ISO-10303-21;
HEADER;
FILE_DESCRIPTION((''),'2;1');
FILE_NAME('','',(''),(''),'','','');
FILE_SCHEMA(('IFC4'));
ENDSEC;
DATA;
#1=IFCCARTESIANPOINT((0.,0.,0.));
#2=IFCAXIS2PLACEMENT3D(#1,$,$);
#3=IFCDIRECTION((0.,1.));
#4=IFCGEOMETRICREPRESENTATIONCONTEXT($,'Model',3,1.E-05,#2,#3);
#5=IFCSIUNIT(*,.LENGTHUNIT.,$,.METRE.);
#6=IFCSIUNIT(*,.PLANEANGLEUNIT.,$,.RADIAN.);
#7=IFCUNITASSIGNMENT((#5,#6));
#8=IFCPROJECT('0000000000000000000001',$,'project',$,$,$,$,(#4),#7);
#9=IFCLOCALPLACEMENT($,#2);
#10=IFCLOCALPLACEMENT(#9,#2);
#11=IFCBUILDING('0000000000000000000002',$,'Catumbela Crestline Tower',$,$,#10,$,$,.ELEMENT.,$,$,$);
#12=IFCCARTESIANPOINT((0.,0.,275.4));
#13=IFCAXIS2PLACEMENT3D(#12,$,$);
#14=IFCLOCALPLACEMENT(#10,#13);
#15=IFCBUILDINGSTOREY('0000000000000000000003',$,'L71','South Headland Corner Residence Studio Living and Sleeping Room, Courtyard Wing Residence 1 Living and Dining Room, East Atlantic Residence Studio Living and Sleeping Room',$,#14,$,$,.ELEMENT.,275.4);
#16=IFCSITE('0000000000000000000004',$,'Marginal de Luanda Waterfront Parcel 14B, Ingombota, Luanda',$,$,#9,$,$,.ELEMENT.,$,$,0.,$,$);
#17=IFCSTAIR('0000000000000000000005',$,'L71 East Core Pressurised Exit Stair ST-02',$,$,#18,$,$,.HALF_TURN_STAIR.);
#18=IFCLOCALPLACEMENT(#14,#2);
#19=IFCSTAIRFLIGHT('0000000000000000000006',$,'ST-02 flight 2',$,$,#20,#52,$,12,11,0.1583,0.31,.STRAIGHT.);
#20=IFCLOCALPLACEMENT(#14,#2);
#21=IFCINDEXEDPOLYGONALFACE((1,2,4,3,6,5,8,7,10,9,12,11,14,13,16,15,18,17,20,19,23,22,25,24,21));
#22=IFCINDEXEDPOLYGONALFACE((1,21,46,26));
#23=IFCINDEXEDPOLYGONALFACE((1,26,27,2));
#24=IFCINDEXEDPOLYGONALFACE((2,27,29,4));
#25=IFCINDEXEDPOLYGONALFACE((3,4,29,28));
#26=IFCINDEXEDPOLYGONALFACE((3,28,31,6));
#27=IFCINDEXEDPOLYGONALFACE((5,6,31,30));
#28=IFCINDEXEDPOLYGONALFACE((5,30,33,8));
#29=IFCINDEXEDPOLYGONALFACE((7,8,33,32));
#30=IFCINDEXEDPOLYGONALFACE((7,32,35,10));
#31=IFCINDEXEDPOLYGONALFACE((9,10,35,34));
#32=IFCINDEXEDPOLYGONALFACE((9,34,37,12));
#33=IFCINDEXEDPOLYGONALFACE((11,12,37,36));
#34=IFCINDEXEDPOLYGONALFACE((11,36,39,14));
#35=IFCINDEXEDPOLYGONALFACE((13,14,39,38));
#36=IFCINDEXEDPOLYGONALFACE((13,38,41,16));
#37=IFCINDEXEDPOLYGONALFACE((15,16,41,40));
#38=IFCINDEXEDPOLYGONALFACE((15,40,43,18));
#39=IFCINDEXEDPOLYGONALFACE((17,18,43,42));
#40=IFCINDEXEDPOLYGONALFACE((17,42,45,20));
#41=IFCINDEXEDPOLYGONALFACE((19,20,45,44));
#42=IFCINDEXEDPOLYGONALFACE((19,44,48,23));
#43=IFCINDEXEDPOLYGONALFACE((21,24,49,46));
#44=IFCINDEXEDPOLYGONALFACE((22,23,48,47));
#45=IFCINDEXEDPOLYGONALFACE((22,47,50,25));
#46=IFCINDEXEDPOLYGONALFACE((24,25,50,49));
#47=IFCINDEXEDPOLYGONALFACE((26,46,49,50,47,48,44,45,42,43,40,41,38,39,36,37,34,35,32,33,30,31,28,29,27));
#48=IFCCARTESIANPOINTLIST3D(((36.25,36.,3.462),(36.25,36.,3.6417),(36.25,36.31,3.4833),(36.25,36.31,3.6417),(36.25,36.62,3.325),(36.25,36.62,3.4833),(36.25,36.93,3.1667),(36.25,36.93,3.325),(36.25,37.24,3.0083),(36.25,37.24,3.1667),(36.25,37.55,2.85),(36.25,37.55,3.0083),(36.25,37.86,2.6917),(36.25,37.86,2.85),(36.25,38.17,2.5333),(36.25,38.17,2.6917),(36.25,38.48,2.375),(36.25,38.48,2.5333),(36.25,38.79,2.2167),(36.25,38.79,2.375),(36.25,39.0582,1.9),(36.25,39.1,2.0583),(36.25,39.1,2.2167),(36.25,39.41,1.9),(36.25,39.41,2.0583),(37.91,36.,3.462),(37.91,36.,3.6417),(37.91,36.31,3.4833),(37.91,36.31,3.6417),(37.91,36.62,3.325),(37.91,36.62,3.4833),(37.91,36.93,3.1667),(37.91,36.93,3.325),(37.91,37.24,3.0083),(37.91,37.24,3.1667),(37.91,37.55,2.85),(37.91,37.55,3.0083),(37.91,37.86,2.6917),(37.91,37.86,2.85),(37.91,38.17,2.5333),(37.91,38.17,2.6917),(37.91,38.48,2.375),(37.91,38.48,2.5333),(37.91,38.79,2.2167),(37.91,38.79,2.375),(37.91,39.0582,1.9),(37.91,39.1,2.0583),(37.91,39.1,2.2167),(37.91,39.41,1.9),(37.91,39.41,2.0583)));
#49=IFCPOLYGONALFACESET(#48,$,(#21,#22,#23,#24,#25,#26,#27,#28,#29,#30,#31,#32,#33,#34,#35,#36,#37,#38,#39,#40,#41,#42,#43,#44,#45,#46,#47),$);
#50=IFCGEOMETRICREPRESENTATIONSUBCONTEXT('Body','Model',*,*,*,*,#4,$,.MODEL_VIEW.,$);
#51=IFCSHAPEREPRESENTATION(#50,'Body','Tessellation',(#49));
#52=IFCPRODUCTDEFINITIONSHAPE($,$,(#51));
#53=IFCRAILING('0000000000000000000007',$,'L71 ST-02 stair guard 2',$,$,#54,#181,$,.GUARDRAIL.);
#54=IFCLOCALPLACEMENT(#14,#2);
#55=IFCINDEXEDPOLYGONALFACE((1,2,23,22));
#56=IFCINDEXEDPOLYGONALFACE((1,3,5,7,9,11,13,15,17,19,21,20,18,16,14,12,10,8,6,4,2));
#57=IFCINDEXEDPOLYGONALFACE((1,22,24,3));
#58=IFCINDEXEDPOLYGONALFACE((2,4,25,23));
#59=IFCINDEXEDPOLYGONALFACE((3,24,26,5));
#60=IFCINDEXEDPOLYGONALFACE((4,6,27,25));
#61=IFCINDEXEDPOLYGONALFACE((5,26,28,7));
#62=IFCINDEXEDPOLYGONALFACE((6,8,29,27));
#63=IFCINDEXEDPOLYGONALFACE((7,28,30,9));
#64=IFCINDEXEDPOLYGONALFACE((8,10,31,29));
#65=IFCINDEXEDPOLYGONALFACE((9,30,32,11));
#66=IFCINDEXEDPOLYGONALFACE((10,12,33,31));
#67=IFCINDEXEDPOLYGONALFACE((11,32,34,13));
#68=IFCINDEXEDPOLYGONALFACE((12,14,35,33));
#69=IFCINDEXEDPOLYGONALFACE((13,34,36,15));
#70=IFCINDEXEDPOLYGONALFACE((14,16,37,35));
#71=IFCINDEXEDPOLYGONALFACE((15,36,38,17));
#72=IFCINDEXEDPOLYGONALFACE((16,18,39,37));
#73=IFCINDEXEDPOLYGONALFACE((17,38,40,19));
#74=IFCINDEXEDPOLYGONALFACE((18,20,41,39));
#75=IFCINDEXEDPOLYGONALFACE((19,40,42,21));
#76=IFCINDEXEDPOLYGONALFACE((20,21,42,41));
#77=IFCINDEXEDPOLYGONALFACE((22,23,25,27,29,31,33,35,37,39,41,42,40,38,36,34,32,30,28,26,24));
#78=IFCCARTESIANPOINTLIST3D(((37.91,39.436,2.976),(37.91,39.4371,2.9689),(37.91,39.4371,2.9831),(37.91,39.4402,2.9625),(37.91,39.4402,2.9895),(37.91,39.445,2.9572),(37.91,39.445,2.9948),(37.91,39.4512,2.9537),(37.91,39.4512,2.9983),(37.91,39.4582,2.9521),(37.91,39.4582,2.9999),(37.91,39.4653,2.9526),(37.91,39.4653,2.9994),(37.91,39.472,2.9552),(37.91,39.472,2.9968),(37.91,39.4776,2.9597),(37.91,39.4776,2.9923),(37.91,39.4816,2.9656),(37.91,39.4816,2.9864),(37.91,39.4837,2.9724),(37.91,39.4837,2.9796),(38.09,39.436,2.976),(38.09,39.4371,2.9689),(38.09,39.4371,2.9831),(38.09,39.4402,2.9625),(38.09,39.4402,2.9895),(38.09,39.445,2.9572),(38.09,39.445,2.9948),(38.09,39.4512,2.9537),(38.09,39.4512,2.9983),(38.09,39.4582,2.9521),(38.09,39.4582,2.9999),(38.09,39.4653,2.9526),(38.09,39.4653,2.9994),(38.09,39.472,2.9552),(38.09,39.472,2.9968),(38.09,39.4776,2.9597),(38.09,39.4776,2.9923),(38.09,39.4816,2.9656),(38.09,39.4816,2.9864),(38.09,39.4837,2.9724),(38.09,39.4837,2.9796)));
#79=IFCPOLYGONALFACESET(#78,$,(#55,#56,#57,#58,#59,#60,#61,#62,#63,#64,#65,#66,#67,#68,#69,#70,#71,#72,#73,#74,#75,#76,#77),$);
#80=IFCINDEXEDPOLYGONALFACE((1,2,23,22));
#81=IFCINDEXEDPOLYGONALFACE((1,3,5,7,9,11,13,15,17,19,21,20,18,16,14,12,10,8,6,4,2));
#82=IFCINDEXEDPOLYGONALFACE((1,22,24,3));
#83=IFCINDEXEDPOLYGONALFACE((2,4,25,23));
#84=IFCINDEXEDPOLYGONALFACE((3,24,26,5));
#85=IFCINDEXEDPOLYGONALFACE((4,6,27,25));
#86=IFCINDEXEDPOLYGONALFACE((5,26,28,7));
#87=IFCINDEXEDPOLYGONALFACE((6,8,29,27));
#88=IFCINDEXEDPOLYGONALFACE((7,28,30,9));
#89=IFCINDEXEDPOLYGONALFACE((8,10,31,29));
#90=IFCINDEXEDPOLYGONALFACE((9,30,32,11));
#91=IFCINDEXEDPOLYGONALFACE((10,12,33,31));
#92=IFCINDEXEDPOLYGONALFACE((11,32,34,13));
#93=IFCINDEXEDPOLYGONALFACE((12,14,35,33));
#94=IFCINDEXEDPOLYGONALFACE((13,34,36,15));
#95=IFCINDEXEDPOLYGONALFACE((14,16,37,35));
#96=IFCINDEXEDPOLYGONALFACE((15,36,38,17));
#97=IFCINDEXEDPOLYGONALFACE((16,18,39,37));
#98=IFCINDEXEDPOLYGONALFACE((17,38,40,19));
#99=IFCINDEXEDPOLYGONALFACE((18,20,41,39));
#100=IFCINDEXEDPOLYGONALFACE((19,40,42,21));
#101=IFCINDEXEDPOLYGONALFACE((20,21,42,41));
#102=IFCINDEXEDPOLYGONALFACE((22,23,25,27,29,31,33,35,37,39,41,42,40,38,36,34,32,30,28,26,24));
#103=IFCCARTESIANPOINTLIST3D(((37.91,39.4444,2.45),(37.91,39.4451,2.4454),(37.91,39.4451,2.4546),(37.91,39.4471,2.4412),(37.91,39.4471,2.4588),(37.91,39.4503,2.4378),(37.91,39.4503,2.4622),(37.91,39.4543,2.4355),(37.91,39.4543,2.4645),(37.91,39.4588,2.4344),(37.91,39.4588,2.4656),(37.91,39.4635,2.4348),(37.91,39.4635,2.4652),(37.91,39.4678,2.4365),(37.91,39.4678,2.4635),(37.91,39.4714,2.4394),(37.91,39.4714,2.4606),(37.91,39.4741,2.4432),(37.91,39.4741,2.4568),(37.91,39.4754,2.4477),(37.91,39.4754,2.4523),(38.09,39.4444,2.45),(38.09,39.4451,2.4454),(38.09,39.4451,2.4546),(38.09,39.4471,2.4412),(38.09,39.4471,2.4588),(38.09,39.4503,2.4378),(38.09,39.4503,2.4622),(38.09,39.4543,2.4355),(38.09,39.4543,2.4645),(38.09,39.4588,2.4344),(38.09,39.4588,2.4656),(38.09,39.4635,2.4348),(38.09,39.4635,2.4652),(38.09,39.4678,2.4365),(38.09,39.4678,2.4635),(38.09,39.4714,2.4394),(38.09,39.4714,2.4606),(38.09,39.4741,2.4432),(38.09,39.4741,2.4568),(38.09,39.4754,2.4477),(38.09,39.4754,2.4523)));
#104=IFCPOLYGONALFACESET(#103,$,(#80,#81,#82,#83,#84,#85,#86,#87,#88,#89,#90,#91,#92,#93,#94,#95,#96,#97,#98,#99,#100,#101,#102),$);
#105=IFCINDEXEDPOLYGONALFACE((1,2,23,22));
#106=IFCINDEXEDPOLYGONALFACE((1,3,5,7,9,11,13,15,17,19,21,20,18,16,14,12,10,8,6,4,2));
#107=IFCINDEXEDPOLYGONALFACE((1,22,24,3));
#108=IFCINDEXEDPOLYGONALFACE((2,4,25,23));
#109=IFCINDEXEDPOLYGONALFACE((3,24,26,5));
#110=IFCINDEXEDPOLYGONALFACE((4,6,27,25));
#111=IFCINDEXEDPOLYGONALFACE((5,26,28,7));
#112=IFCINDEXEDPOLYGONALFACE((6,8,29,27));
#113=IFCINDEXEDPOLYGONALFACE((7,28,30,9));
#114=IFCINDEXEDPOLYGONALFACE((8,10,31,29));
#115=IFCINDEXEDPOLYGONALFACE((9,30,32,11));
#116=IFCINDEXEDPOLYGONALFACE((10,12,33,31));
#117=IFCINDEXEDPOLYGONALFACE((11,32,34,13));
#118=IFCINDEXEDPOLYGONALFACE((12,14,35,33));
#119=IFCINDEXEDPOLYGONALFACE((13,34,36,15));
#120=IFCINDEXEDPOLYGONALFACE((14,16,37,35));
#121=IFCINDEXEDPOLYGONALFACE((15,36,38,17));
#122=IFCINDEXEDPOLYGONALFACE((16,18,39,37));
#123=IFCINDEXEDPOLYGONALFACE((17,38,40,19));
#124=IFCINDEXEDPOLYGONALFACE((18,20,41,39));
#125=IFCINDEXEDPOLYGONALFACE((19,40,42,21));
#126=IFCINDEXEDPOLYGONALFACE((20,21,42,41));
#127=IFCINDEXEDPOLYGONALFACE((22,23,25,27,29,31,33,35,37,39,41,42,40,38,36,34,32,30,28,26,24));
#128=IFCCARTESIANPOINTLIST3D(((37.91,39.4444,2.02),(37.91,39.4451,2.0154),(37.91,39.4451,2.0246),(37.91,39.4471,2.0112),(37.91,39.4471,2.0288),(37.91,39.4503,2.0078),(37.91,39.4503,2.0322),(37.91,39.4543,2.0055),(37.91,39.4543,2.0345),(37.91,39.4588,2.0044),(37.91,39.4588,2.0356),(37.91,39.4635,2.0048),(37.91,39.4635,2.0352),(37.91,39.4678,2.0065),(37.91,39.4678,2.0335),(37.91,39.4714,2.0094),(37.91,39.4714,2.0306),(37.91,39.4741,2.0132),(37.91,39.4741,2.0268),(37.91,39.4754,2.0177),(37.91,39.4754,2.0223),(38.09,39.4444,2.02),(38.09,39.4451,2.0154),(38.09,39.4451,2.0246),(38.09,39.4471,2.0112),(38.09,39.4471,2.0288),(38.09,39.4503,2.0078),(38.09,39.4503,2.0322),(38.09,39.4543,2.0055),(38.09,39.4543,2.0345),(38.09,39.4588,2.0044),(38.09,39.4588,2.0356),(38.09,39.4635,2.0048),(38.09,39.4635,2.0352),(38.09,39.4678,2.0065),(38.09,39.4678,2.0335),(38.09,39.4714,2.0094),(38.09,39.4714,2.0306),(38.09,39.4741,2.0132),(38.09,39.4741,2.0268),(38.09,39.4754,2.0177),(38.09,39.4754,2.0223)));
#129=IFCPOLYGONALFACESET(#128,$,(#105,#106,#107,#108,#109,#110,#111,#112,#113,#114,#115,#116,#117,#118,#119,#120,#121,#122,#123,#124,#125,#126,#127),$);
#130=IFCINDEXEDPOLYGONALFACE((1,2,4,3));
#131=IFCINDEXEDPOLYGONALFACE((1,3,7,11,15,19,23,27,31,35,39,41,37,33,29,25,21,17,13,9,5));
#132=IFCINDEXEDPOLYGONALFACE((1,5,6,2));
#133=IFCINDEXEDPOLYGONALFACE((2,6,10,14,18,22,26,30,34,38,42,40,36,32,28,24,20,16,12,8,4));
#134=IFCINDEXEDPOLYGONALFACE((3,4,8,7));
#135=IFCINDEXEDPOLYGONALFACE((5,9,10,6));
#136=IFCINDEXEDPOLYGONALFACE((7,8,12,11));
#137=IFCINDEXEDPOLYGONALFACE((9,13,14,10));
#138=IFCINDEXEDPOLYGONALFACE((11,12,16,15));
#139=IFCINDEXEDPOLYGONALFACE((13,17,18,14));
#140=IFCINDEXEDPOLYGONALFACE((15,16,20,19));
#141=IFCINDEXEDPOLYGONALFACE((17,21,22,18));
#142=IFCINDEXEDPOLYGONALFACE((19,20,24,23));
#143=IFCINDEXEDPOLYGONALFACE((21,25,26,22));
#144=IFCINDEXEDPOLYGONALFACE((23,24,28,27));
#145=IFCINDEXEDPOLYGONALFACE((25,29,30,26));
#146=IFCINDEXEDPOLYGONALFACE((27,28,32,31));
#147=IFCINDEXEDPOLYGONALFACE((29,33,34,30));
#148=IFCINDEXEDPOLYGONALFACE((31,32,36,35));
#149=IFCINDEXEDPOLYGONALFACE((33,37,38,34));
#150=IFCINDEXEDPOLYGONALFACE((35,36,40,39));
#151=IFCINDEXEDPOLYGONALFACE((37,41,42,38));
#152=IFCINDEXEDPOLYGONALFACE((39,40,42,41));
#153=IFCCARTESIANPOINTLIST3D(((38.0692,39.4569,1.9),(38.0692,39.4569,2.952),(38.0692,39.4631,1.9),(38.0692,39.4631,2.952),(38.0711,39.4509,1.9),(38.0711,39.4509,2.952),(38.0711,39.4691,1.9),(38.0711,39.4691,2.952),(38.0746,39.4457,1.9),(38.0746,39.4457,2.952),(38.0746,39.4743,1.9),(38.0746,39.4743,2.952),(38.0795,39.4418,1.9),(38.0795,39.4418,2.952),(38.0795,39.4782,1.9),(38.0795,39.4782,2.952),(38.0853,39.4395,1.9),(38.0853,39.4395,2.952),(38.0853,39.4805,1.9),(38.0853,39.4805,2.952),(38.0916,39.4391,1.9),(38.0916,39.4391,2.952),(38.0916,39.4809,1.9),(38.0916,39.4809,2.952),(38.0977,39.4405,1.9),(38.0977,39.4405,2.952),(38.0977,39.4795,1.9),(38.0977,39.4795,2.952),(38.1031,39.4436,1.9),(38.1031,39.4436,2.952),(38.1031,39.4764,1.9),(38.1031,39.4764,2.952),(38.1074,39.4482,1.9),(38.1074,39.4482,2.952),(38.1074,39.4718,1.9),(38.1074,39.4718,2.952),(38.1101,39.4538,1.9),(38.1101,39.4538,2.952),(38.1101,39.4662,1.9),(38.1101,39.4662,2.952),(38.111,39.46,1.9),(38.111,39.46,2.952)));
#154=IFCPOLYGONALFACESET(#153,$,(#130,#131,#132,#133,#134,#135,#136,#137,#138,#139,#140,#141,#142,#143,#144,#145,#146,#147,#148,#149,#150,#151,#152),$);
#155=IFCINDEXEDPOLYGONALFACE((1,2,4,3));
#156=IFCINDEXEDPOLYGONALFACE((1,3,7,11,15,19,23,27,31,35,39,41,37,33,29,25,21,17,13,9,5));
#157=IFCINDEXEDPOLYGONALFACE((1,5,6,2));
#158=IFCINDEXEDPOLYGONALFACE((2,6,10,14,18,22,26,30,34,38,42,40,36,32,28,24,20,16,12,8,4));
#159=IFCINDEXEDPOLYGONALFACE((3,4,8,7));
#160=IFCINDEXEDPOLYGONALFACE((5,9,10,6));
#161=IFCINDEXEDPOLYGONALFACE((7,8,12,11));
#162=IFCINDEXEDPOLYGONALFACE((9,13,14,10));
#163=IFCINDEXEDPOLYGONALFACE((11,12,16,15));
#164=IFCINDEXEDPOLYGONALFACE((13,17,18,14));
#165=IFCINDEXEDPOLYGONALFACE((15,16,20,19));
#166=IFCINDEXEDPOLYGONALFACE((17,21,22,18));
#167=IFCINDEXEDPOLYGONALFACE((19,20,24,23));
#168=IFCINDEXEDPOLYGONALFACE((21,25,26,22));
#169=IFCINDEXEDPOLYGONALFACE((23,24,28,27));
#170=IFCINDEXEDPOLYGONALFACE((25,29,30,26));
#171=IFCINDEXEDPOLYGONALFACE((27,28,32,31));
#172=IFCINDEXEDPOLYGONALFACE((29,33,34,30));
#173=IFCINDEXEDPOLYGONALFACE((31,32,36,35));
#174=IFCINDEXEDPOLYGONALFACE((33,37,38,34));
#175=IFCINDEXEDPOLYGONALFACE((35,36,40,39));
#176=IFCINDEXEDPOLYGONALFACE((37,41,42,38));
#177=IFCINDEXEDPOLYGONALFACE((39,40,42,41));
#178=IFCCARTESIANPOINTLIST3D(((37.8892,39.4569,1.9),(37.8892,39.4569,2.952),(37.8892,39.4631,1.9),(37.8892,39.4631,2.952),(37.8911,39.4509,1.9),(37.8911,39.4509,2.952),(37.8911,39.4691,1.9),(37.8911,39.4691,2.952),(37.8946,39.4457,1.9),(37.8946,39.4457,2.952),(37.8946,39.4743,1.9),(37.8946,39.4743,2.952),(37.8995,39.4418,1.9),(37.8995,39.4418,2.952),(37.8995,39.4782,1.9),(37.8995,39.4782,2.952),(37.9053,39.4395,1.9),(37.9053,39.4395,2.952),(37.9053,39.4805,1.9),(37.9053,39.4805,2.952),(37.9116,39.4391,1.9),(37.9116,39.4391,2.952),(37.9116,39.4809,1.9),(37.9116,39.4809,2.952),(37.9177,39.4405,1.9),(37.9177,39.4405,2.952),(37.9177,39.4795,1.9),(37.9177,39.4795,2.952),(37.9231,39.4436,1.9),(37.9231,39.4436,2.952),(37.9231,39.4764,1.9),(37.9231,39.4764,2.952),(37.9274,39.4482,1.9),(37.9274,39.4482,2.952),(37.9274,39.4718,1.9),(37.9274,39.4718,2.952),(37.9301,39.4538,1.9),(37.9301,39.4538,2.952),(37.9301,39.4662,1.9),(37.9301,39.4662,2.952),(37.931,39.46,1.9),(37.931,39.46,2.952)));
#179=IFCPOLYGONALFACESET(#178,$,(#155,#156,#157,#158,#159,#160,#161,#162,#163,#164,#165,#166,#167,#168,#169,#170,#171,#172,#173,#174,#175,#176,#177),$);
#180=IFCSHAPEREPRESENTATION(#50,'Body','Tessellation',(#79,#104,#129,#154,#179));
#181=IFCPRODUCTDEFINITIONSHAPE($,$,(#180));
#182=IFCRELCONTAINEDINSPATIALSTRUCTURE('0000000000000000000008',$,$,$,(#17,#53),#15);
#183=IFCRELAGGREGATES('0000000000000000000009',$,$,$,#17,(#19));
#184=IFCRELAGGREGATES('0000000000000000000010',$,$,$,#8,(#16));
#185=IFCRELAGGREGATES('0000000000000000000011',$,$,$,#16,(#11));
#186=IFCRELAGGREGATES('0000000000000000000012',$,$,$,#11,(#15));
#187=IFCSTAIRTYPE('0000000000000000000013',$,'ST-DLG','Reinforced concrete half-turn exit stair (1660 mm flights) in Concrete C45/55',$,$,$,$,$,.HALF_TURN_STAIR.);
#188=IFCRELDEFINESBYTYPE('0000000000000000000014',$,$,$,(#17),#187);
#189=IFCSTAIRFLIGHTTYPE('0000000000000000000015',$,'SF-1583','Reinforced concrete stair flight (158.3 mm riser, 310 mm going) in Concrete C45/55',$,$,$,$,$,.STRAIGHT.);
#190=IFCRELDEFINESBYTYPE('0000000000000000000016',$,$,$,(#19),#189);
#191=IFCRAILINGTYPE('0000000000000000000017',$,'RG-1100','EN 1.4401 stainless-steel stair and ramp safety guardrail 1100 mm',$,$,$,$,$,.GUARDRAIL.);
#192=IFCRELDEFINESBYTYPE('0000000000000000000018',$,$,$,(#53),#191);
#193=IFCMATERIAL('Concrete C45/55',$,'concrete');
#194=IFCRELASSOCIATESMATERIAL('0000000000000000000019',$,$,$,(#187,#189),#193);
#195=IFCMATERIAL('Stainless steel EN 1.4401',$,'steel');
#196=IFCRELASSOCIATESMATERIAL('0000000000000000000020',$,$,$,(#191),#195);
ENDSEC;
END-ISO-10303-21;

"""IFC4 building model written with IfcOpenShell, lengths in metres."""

from ifc_helpers import new_model, si_unit, direction, frame, origin, origin_2d, place, context, subcontext, project, spatial, polyline, circle, outline, extrude, material, type_object, element, aggregate, save


model = new_model("IFC4")

# Units and contexts
model_context = context("Model", 3, precision=1e-05, world=origin(), true_north=direction((0.0, 1.0)))
body_context = subcontext(model_context, "Body", "Model", "MODEL_VIEW")
ifc_project = project(units=[si_unit("LENGTHUNIT", "METRE"), si_unit("PLANEANGLEUNIT", "RADIAN")], contexts=[model_context])

# Site, building, storey
site_placement = place(None, origin())
site = spatial("IfcSite", under=ifc_project, at=site_placement, Name="Marginal de Luanda Waterfront Parcel 14B, Ingombota, Luanda", CompositionType="ELEMENT", RefElevation=0.0)
building_placement = place(site_placement, origin())
building = spatial("IfcBuilding", under=site, at=building_placement, Name="Catumbela Crestline Tower", CompositionType="ELEMENT")
storey_placement = place(building_placement, frame((0.0, 0.0, 275.4)))
storey = spatial("IfcBuildingStorey", under=building, at=storey_placement, Name="L71", Description="South Headland Corner Residence Studio Living and Sleeping Room, Courtyard Wing Residence 1 Living and Dining Room, East Atlantic Residence Studio Living and Sleeping Room", CompositionType="ELEMENT", Elevation=275.4)

# Shared definitions
ifc_material_1 = material(Name="Stainless steel EN 1.4401", Category="steel")

# Stair, stair flight
ifc_material_2 = material(Name="Concrete C45/55", Category="concrete")
stair_type = type_object("IfcStairType", Name="ST-DLG", Description="Reinforced concrete half-turn exit stair (1660 mm flights) in Concrete C45/55", PredefinedType="HALF_TURN_STAIR", material=ifc_material_2)
stair_placement = place(storey_placement, origin())
stair = element("IfcStair", 1, at=stair_placement, inside=storey, type_object=stair_type, Name="L71 East Core Pressurised Exit Stair ST-02", PredefinedType="HALF_TURN_STAIR")
stair_flight_type = type_object("IfcStairFlightType", Name="SF-1583", Description="Reinforced concrete stair flight (158.3 mm riser, 310 mm going) in Concrete C45/55", PredefinedType="STRAIGHT", material=ifc_material_2)
stair_flight_1_placement = place(storey_placement, frame((37.08, 39.41, 1.9), z_axis=(0.0, 0.0, 1.0), x_axis=(0.0, -1.0, 0.0)))
stair_flight_1 = element("IfcStairFlight", 2, at=stair_flight_1_placement, type_object=stair_flight_type, Name="ST-02 flight 2", NumberOfRisers=12, NumberOfTreads=11, PredefinedType="STRAIGHT", RiserHeight=0.1583, TreadLength=0.31, context=body_context, shape_type="SweptSolid", body=[
    extrude(outline(polyline([(0.0, 0.0), (0.0, 0.1583), (0.31, 0.1583), (0.31, 0.3167), (0.62, 0.3167), (0.62, 0.475), (0.93, 0.475), (0.93, 0.6333), (1.24, 0.6333), (1.24, 0.7917), (1.55, 0.7917), (1.55, 0.95), (1.86, 0.95), (1.86, 1.1083), (2.17, 1.1083), (2.17, 1.2667), (2.48, 1.2667), (2.48, 1.425), (2.79, 1.425), (2.79, 1.5833), (3.1, 1.5833), (3.1, 1.7417), (3.41, 1.7417), (3.41, 1.9), (3.41, 1.562), (0.3518, 0.0), (0.0, 0.0)])), frame((0.0, 0.83, 0.0), z_axis=(0.0, -1.0, 0.0), x_axis=(1.0, 0.0, 0.0)), (0.0, 0.0, 1.0), 1.66),
])
aggregate(stair, [stair_flight_1])

# Railing
railing_type_1 = type_object("IfcRailingType", Name="RG-1100", Description="EN 1.4401 stainless-steel stair and ramp safety guardrail 1100 mm", PredefinedType="GUARDRAIL", material=ifc_material_1)
railing_1_placement = place(storey_placement, frame((38.09, 39.46, 1.9)))
element("IfcRailing", 3, at=railing_1_placement, inside=storey, type_object=railing_type_1, Name="L71 ST-02 stair guard 2", PredefinedType="GUARDRAIL", context=body_context, shape_type="SweptSolid", body=[
    extrude(circle(Radius=0.024, at=origin_2d()), frame((0.0, 0.0, 1.076), z_axis=(-1.0, 0.0, 0.0), x_axis=(0.0, -1.0, 0.0)), (0.0, 0.0, 1.0), 0.18),
    extrude(circle(Radius=0.0156, at=origin_2d()), frame((0.0, 0.0, 0.55), z_axis=(-1.0, 0.0, 0.0), x_axis=(0.0, -1.0, 0.0)), (0.0, 0.0, 1.0), 0.18),
    extrude(circle(Radius=0.0156, at=origin_2d()), frame((0.0, 0.0, 0.12), z_axis=(-1.0, 0.0, 0.0), x_axis=(0.0, -1.0, 0.0)), (0.0, 0.0, 1.0), 0.18),
    extrude(circle(Radius=0.021, at=origin_2d()), origin(), (0.0, 0.0, 1.0), 1.052),
    extrude(circle(Radius=0.021, at=origin_2d()), frame((-0.18, 0.0, 0.0)), (0.0, 0.0, 1.0), 1.052),
])

save(model, "model.ifc")
